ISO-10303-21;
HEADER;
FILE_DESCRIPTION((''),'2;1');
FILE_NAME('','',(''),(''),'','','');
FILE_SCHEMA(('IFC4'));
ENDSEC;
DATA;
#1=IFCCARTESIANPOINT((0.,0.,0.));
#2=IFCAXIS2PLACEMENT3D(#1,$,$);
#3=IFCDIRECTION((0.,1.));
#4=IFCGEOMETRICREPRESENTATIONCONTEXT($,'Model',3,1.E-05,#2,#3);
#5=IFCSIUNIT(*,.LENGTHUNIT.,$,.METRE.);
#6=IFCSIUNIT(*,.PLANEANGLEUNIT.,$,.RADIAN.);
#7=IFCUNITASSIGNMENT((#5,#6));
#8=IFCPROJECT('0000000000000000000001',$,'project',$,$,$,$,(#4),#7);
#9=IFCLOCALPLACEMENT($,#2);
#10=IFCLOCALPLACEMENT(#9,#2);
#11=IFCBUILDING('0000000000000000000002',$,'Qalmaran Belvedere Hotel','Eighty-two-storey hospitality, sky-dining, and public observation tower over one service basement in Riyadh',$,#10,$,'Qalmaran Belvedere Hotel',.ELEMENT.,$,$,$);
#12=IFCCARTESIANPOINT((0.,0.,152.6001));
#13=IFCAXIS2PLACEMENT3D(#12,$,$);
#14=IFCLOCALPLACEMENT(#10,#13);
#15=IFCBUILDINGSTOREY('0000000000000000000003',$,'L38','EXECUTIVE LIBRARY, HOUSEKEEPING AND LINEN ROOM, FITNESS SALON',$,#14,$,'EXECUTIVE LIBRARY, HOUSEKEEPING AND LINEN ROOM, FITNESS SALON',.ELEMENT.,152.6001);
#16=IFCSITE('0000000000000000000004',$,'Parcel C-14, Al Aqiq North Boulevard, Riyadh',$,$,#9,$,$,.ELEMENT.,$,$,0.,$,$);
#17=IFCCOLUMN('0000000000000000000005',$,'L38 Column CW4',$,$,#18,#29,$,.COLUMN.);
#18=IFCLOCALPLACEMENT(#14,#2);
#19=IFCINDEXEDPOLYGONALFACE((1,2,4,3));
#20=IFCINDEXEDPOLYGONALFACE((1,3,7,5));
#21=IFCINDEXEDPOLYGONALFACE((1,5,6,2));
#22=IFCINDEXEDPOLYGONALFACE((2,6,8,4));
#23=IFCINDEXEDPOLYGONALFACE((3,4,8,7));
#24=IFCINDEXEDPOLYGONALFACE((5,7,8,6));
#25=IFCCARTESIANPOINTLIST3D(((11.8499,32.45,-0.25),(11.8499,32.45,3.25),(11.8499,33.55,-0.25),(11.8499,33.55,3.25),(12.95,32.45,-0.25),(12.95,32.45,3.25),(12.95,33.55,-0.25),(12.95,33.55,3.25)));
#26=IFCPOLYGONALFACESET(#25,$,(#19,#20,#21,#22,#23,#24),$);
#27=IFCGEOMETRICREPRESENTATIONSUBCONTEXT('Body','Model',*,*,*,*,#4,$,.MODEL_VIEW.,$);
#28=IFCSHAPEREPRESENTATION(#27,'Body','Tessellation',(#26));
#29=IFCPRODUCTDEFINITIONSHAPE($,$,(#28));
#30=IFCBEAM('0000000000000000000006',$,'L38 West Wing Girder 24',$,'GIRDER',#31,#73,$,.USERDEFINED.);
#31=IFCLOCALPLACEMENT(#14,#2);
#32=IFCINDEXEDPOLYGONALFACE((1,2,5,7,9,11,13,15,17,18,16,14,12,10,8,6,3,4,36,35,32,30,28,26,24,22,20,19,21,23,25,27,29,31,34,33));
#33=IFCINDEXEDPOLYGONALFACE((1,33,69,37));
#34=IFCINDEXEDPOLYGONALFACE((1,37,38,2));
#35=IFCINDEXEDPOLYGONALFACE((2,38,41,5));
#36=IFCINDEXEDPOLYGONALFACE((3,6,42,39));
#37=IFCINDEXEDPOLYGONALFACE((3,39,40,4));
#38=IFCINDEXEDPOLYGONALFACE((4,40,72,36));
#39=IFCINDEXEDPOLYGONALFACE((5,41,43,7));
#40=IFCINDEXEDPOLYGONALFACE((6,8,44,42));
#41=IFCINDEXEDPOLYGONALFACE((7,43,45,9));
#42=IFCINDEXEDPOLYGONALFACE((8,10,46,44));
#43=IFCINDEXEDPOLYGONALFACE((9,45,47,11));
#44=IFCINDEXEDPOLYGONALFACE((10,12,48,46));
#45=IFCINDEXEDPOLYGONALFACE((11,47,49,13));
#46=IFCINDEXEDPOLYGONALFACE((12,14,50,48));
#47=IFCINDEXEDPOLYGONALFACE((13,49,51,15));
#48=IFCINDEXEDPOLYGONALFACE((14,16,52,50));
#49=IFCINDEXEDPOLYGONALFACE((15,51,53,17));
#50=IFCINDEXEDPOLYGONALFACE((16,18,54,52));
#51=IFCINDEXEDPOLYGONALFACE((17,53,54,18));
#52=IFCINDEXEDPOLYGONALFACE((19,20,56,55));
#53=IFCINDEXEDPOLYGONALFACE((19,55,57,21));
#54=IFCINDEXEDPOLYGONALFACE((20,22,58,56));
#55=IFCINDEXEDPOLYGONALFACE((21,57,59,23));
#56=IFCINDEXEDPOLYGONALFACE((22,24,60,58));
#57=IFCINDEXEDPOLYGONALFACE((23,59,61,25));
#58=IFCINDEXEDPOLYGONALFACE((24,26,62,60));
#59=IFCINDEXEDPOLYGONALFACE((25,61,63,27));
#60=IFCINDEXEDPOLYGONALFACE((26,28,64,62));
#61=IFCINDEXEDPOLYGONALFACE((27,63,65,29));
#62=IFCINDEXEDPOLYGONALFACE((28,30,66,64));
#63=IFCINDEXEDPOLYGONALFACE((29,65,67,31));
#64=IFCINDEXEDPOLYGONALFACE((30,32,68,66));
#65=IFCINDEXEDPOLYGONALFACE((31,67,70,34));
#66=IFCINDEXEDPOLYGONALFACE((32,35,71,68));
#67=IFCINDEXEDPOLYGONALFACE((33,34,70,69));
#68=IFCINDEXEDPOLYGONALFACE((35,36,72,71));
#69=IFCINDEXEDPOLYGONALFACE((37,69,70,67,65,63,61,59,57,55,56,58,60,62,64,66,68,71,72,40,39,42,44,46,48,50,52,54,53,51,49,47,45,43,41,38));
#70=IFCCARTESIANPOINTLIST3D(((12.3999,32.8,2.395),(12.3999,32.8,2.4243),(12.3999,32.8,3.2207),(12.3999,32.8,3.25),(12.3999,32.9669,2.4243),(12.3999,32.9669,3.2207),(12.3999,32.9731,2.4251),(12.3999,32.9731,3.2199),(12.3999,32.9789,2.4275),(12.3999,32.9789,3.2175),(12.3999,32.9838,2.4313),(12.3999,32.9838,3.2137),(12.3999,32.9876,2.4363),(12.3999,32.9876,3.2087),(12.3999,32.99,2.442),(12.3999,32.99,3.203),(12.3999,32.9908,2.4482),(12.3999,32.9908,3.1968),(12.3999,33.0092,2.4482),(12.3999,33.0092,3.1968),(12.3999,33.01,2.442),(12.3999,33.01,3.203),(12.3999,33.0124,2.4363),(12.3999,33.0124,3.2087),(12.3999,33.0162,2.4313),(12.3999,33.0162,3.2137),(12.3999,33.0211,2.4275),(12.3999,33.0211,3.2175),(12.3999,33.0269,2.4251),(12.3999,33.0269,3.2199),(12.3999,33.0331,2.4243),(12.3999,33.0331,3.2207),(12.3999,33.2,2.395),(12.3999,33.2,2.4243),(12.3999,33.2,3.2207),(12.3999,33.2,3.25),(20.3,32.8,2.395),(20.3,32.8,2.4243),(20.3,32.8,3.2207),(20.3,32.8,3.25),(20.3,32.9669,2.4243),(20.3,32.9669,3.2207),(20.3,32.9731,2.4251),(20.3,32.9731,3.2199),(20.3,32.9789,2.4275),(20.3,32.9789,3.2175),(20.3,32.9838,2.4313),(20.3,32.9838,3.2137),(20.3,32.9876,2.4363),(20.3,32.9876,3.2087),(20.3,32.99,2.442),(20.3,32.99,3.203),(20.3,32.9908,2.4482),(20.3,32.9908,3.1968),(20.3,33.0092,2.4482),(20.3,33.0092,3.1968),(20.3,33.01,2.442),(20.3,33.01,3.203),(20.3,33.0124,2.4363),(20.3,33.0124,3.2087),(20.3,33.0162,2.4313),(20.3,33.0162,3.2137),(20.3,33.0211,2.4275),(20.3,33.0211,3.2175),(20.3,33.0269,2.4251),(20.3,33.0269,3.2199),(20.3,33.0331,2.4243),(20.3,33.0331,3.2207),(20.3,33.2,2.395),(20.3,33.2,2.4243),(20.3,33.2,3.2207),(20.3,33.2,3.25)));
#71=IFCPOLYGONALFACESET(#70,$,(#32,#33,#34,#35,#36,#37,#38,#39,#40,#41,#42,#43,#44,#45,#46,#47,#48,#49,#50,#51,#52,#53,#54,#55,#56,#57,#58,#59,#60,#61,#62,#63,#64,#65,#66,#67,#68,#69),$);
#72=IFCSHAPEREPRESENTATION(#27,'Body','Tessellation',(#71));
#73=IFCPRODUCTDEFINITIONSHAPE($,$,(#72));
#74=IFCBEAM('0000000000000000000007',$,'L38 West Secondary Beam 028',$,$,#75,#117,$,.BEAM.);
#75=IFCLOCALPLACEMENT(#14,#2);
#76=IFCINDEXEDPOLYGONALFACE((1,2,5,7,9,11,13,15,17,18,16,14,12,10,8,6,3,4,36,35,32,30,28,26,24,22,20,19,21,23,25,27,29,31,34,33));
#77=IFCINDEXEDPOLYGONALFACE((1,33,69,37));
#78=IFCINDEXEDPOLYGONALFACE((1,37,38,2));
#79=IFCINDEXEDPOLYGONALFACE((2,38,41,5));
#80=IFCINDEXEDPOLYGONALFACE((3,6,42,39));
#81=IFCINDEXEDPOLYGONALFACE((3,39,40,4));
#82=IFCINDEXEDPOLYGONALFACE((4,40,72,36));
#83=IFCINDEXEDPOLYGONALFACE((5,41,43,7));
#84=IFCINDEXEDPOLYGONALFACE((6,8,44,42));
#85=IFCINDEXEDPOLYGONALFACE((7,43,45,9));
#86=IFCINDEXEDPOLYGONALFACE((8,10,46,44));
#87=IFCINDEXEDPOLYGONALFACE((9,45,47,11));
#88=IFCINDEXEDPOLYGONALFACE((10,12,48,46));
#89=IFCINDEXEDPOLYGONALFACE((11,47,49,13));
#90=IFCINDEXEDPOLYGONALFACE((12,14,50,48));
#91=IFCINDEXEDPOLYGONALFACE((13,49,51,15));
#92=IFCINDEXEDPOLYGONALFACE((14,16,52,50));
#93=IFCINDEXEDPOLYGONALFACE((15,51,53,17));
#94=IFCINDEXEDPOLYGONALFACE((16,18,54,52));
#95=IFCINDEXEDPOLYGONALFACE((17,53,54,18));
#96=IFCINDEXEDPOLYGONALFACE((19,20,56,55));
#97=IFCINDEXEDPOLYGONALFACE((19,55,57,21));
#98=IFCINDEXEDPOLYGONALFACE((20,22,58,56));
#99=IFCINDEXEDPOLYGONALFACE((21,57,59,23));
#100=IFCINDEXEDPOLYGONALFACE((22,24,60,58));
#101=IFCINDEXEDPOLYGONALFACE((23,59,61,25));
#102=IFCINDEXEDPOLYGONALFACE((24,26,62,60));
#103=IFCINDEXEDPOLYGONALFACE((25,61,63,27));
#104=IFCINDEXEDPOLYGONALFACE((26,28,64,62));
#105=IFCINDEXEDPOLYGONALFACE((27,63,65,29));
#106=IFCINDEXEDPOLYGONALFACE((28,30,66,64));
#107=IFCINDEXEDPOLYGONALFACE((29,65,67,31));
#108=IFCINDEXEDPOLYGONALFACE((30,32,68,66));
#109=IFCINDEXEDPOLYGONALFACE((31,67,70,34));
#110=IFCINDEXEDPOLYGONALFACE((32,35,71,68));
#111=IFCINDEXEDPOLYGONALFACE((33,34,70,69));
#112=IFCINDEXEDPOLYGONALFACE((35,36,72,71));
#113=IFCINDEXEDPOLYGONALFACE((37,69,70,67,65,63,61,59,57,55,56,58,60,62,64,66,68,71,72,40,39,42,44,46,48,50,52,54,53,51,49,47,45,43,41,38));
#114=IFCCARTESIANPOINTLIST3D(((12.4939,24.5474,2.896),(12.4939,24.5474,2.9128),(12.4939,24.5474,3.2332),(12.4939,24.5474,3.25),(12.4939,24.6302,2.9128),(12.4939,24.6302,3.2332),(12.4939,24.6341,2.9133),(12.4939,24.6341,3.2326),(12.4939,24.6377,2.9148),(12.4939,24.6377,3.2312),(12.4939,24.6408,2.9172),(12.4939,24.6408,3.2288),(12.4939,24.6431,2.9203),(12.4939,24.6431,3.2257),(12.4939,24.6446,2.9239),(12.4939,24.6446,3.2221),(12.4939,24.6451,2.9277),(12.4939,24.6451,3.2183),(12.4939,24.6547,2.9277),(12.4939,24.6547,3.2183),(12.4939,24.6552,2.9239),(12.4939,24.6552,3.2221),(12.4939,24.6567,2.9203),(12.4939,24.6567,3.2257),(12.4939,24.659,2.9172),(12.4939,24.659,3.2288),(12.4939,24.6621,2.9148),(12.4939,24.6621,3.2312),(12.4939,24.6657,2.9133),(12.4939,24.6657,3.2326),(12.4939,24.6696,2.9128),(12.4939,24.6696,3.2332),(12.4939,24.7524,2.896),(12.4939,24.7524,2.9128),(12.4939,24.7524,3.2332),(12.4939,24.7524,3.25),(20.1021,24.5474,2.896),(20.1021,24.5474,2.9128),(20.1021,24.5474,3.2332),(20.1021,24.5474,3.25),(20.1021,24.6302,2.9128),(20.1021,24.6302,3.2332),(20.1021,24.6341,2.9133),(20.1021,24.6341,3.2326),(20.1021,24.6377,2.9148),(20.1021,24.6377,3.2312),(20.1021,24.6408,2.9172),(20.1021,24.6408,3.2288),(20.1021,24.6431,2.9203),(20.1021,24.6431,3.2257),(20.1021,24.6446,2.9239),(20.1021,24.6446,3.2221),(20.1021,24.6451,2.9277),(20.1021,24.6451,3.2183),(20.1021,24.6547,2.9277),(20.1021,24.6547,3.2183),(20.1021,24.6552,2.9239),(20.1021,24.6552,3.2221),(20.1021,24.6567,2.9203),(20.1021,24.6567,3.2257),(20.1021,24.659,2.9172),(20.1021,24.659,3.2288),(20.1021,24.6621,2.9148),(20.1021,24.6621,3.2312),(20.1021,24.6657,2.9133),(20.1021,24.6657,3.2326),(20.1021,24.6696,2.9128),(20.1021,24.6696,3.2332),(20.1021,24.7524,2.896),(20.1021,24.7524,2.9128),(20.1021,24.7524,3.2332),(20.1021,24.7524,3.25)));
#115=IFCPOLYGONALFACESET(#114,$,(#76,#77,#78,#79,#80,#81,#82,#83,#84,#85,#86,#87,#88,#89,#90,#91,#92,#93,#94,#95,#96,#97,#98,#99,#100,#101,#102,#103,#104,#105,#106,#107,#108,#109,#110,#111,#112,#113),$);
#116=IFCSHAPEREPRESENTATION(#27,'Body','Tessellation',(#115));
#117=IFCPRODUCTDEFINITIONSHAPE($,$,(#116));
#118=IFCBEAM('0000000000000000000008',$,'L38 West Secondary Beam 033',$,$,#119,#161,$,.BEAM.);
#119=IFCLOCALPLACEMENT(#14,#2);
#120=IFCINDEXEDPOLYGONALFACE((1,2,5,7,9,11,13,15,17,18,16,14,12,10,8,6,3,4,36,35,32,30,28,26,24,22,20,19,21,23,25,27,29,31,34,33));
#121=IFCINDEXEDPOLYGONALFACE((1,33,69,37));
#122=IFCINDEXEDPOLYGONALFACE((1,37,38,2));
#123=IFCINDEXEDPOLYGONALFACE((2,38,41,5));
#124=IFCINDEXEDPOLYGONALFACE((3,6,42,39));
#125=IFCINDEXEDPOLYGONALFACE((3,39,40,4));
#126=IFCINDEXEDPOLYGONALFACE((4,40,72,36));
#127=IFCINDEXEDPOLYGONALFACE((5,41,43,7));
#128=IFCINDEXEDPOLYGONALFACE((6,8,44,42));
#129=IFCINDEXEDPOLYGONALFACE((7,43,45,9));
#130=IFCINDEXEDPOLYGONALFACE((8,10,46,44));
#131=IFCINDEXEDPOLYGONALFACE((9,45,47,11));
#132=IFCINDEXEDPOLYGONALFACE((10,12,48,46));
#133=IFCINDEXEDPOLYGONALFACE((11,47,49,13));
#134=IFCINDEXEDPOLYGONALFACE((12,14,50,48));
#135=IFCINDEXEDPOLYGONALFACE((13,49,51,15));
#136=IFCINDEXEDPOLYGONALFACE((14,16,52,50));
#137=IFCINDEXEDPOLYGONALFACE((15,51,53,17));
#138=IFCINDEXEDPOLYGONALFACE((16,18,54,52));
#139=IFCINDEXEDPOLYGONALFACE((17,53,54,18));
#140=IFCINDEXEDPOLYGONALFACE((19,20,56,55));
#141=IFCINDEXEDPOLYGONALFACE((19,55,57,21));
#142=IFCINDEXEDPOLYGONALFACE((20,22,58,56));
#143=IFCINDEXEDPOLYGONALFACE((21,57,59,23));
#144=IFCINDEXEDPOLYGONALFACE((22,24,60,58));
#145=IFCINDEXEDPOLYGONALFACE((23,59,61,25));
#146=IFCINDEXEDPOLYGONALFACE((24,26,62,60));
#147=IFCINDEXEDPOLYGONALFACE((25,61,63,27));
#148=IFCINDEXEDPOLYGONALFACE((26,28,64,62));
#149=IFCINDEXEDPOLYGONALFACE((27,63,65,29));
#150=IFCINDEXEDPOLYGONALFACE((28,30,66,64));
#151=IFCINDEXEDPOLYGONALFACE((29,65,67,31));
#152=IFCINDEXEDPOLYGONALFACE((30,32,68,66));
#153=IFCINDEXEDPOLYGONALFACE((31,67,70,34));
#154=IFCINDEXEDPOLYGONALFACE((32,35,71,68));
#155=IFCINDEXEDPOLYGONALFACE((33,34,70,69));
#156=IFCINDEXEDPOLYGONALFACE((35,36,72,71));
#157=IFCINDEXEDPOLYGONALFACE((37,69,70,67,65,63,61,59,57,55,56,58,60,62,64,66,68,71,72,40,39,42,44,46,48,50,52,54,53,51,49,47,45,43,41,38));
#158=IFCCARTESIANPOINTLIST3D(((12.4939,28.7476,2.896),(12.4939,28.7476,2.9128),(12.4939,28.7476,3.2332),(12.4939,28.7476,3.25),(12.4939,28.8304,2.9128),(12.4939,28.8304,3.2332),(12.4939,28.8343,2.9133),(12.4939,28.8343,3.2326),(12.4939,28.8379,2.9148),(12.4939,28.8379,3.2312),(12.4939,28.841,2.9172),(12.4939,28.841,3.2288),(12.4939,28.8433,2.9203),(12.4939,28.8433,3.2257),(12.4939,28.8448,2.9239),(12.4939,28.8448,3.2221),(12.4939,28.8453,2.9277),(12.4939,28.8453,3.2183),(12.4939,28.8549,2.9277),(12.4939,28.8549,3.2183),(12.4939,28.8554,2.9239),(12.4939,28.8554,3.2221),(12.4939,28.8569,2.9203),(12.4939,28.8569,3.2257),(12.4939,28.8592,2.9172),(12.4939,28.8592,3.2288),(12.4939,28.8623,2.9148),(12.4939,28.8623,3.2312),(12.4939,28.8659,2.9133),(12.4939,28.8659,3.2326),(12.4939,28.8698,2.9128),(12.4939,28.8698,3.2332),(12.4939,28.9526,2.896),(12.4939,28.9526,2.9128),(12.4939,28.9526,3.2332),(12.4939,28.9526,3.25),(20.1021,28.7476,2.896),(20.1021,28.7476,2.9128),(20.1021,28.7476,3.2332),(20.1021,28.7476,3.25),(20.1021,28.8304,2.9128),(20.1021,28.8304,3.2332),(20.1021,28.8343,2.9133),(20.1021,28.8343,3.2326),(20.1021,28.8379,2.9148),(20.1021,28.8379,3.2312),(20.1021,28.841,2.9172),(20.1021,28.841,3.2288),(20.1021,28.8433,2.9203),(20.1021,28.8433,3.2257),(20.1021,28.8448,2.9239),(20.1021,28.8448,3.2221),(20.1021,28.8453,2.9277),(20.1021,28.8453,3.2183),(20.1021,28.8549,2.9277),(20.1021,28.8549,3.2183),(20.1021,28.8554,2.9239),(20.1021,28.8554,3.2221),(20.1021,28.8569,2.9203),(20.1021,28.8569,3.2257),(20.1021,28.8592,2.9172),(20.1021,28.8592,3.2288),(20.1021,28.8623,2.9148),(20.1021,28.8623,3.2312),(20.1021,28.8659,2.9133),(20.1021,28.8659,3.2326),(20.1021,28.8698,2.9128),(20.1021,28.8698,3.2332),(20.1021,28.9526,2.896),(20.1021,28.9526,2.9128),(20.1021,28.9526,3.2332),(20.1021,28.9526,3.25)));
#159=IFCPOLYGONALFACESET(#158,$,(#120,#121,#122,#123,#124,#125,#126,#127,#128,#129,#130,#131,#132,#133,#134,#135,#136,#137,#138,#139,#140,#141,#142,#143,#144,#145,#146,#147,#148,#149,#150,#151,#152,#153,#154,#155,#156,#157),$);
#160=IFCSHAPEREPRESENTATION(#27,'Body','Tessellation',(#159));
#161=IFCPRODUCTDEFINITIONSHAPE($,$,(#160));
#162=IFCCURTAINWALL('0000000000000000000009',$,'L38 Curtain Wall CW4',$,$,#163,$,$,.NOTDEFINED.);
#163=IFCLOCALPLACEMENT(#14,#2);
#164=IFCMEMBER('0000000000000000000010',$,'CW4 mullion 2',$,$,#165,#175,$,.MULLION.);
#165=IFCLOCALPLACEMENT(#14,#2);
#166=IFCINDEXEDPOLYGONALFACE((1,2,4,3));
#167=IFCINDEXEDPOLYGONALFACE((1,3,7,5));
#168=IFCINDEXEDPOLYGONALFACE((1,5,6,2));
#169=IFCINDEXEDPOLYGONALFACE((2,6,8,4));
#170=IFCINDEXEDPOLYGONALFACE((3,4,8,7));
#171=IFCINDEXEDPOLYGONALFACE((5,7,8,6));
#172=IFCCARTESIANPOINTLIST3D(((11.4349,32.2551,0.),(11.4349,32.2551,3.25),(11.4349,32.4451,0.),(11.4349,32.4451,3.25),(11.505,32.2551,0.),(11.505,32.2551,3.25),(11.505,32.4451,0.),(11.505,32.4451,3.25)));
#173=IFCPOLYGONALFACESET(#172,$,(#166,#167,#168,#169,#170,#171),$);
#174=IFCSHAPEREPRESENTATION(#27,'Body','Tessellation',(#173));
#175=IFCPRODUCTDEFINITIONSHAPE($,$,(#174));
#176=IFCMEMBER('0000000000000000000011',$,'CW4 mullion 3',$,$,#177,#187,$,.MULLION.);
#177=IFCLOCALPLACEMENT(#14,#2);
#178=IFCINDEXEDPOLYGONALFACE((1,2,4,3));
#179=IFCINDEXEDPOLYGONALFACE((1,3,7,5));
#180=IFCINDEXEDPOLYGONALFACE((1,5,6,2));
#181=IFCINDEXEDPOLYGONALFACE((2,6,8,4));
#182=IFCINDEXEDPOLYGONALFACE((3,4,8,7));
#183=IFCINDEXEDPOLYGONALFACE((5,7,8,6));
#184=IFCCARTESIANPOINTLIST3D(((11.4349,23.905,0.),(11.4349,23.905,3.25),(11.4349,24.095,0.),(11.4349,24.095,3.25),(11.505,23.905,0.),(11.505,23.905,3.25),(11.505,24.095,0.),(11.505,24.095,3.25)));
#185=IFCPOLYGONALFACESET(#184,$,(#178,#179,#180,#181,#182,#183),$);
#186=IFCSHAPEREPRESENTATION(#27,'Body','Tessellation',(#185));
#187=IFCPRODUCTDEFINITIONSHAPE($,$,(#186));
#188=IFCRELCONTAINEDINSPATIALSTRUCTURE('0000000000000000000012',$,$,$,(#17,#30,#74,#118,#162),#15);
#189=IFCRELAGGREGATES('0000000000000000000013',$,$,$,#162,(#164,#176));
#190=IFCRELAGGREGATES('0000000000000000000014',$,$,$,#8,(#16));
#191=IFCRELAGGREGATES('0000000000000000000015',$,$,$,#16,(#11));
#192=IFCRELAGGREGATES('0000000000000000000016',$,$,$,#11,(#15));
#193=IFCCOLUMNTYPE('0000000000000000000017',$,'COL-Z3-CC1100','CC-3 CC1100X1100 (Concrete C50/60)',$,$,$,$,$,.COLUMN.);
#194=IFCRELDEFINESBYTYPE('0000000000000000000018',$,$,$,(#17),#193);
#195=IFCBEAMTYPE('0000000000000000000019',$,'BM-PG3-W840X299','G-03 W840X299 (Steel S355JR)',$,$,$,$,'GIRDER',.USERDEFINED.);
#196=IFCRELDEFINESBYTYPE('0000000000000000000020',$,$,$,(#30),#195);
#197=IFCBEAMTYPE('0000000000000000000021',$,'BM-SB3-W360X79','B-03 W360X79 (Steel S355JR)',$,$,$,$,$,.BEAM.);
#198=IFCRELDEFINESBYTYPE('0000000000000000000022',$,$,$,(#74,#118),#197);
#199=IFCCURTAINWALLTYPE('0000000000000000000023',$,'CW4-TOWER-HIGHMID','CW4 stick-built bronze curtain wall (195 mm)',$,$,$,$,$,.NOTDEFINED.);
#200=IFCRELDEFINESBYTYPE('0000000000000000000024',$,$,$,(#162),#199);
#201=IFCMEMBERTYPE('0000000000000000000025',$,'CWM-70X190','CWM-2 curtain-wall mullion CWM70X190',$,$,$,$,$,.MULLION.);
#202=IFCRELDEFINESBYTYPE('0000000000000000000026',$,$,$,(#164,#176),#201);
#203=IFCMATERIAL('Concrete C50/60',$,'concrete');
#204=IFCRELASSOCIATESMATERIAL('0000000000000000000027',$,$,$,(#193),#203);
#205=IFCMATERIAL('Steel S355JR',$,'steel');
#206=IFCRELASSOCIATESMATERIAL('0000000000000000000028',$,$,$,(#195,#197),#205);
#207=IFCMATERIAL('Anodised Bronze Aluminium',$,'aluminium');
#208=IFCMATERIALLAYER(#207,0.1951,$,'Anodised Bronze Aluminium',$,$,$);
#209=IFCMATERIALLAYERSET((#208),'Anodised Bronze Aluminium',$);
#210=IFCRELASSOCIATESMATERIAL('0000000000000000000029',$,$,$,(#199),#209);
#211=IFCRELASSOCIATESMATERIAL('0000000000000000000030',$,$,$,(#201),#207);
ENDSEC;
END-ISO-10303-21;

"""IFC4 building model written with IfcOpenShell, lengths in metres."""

from ifc_helpers import new_model, si_unit, direction, frame, origin, origin_2d, place, context, subcontext, project, spatial, rectangle, i_section, extrude, material, layer, layer_set, material_profile, profile_set, type_object, element, aggregate, save


model = new_model("IFC4")

# Units and contexts
model_context = context("Model", 3, precision=1e-05, world=origin(), true_north=direction((0.0, 1.0)))
body_context = subcontext(model_context, "Body", "Model", "MODEL_VIEW")
ifc_project = project(units=[si_unit("LENGTHUNIT", "METRE"), si_unit("PLANEANGLEUNIT", "RADIAN")], contexts=[model_context])

# Site, building, storey
site_placement = place(None, origin())
site = spatial("IfcSite", under=ifc_project, at=site_placement, Name="Parcel C-14, Al Aqiq North Boulevard, Riyadh", CompositionType="ELEMENT", RefElevation=0.0)
building_placement = place(site_placement, origin())
building = spatial("IfcBuilding", under=site, at=building_placement, Name="Qalmaran Belvedere Hotel", Description="Eighty-two-storey hospitality, sky-dining, and public observation tower over one service basement in Riyadh", LongName="Qalmaran Belvedere Hotel", CompositionType="ELEMENT")
storey_placement = place(building_placement, frame((0.0, 0.0, 152.6001)))
storey = spatial("IfcBuildingStorey", under=building, at=storey_placement, Name="L38", Description="EXECUTIVE LIBRARY, HOUSEKEEPING AND LINEN ROOM, FITNESS SALON", LongName="EXECUTIVE LIBRARY, HOUSEKEEPING AND LINEN ROOM, FITNESS SALON", CompositionType="ELEMENT", Elevation=152.6001)

# Column
ifc_material_1 = material(Name="Concrete C50/60", Category="concrete")
ifc_material_profile_1 = material_profile(ifc_material_1, rectangle(XDim=1.1001, YDim=1.1001, at=origin_2d()), Name="CC1100X1100")
ifc_profile_set_1 = profile_set([ifc_material_profile_1], Name="Concrete C50/60")
column_type = type_object("IfcColumnType", Name="COL-Z3-CC1100", Description="CC-3 CC1100X1100 (Concrete C50/60)", PredefinedType="COLUMN", material=ifc_profile_set_1)
column_placement = place(storey_placement, frame((12.3999, 33.0, -0.25), z_axis=(0.0, 0.0, 1.0), x_axis=(1.0, 0.0, 0.0)))
element("IfcColumn", 1, at=column_placement, inside=storey, type_object=column_type, Name="L38 Column CW4", PredefinedType="COLUMN", context=body_context, shape_type="SweptSolid", body=[
    extrude(rectangle(XDim=1.1001, YDim=1.1001, at=origin_2d()), origin(), (0.0, 0.0, 1.0), 3.5),
])

# Beams
ifc_material_2 = material(Name="Steel S355JR", Category="steel")
ifc_material_profile_2 = material_profile(ifc_material_2, i_section(OverallWidth=0.3999, OverallDepth=0.855, WebThickness=0.0183, FlangeThickness=0.0293, FilletRadius=0.0239, at=origin_2d()), Name="W840X299")
ifc_profile_set_2 = profile_set([ifc_material_profile_2], Name="Steel S355JR")
beam_type_1 = type_object("IfcBeamType", Name="BM-PG3-W840X299", Description="G-03 W840X299 (Steel S355JR)", ElementType="GIRDER", PredefinedType="USERDEFINED", material=ifc_profile_set_2)
beam_placement = place(storey_placement, frame((12.3999, 33.0, 2.8225), z_axis=(1.0, 0.0, 0.0), x_axis=(0.0, 1.0, 0.0)))
element("IfcBeam", 2, at=beam_placement, inside=storey, type_object=beam_type_1, Name="L38 West Wing Girder 24", ObjectType="GIRDER", PredefinedType="USERDEFINED", context=body_context, shape_type="SweptSolid", body=[
    extrude(i_section(OverallWidth=0.3999, OverallDepth=0.855, WebThickness=0.0183, FlangeThickness=0.0293, FilletRadius=0.0239, at=origin_2d()), origin(), (0.0, 0.0, 1.0), 7.9001),
])
ifc_material_profile_3 = material_profile(ifc_material_2, i_section(OverallWidth=0.2051, OverallDepth=0.354, WebThickness=0.0095, FlangeThickness=0.0168, FilletRadius=0.0149, at=origin_2d()), Name="W360X79")
ifc_profile_set_3 = profile_set([ifc_material_profile_3], Name="Steel S355JR")
beam_type_2 = type_object("IfcBeamType", Name="BM-SB3-W360X79", Description="B-03 W360X79 (Steel S355JR)", PredefinedType="BEAM", material=ifc_profile_set_3)
for number, where, z_axis, x_axis, name in (
    (3, (12.4939, 24.6499, 3.073), (1.0, 0.0, 0.0), (0.0, 1.0, 0.0), "L38 West Secondary Beam 028"),
    (4, (12.4939, 28.8501, 3.073), (1.0, 0.0, 0.0), (0.0, 1.0, 0.0), "L38 West Secondary Beam 033"),
):
    element("IfcBeam", number, at=place(storey_placement, frame(where, z_axis=z_axis, x_axis=x_axis)), inside=storey, type_object=beam_type_2, Name=name, PredefinedType="BEAM", context=body_context, shape_type="SweptSolid", body=[
        extrude(i_section(OverallWidth=0.2051, OverallDepth=0.354, WebThickness=0.0095, FlangeThickness=0.0168, FilletRadius=0.0149, at=origin_2d()), origin(), (0.0, 0.0, 1.0), 7.6082),
    ])

# Curtain wall, members
ifc_material_3 = material(Name="Anodised Bronze Aluminium", Category="aluminium")
ifc_layer_1 = layer(ifc_material_3, 0.1951, Name="Anodised Bronze Aluminium")
ifc_layer_set_1 = layer_set([ifc_layer_1], Name="Anodised Bronze Aluminium")
curtain_wall_type = type_object("IfcCurtainWallType", Name="CW4-TOWER-HIGHMID", Description="CW4 stick-built bronze curtain wall (195 mm)", PredefinedType="NOTDEFINED", material=ifc_layer_set_1)
curtain_wall_placement = place(storey_placement, origin())
curtain_wall = element("IfcCurtainWall", 5, at=curtain_wall_placement, inside=storey, type_object=curtain_wall_type, Name="L38 Curtain Wall CW4", PredefinedType="NOTDEFINED")
ifc_material_profile_4 = material_profile(ifc_material_3, rectangle(XDim=0.0701, YDim=0.1899, at=origin_2d()), Name="CWM70X190")
ifc_profile_set_4 = profile_set([ifc_material_profile_4], Name="Anodised Bronze Aluminium")
member_type_1 = type_object("IfcMemberType", Name="CWM-70X190", Description="CWM-2 curtain-wall mullion CWM70X190", PredefinedType="MULLION", material=ifc_profile_set_4)
member_1_placement = place(storey_placement, frame((11.47, 32.3501, 0.0), z_axis=(0.0, 0.0, 1.0), x_axis=(1.0, 0.0, 0.0)))
member_1 = element("IfcMember", 6, at=member_1_placement, type_object=member_type_1, Name="CW4 mullion 2", PredefinedType="MULLION", context=body_context, shape_type="SweptSolid", body=[
    extrude(rectangle(XDim=0.0701, YDim=0.1899, at=origin_2d()), origin(), (0.0, 0.0, 1.0), 3.25),
])
member_2_placement = place(storey_placement, frame((11.47, 24.0, 0.0), z_axis=(0.0, 0.0, 1.0), x_axis=(1.0, 0.0, 0.0)))
member_2 = element("IfcMember", 7, at=member_2_placement, type_object=member_type_1, Name="CW4 mullion 3", PredefinedType="MULLION", context=body_context, shape_type="SweptSolid", body=[
    extrude(rectangle(XDim=0.0701, YDim=0.1899, at=origin_2d()), origin(), (0.0, 0.0, 1.0), 3.25),
])
aggregate(curtain_wall, [member_1, member_2])

save(model, "model.ifc")
